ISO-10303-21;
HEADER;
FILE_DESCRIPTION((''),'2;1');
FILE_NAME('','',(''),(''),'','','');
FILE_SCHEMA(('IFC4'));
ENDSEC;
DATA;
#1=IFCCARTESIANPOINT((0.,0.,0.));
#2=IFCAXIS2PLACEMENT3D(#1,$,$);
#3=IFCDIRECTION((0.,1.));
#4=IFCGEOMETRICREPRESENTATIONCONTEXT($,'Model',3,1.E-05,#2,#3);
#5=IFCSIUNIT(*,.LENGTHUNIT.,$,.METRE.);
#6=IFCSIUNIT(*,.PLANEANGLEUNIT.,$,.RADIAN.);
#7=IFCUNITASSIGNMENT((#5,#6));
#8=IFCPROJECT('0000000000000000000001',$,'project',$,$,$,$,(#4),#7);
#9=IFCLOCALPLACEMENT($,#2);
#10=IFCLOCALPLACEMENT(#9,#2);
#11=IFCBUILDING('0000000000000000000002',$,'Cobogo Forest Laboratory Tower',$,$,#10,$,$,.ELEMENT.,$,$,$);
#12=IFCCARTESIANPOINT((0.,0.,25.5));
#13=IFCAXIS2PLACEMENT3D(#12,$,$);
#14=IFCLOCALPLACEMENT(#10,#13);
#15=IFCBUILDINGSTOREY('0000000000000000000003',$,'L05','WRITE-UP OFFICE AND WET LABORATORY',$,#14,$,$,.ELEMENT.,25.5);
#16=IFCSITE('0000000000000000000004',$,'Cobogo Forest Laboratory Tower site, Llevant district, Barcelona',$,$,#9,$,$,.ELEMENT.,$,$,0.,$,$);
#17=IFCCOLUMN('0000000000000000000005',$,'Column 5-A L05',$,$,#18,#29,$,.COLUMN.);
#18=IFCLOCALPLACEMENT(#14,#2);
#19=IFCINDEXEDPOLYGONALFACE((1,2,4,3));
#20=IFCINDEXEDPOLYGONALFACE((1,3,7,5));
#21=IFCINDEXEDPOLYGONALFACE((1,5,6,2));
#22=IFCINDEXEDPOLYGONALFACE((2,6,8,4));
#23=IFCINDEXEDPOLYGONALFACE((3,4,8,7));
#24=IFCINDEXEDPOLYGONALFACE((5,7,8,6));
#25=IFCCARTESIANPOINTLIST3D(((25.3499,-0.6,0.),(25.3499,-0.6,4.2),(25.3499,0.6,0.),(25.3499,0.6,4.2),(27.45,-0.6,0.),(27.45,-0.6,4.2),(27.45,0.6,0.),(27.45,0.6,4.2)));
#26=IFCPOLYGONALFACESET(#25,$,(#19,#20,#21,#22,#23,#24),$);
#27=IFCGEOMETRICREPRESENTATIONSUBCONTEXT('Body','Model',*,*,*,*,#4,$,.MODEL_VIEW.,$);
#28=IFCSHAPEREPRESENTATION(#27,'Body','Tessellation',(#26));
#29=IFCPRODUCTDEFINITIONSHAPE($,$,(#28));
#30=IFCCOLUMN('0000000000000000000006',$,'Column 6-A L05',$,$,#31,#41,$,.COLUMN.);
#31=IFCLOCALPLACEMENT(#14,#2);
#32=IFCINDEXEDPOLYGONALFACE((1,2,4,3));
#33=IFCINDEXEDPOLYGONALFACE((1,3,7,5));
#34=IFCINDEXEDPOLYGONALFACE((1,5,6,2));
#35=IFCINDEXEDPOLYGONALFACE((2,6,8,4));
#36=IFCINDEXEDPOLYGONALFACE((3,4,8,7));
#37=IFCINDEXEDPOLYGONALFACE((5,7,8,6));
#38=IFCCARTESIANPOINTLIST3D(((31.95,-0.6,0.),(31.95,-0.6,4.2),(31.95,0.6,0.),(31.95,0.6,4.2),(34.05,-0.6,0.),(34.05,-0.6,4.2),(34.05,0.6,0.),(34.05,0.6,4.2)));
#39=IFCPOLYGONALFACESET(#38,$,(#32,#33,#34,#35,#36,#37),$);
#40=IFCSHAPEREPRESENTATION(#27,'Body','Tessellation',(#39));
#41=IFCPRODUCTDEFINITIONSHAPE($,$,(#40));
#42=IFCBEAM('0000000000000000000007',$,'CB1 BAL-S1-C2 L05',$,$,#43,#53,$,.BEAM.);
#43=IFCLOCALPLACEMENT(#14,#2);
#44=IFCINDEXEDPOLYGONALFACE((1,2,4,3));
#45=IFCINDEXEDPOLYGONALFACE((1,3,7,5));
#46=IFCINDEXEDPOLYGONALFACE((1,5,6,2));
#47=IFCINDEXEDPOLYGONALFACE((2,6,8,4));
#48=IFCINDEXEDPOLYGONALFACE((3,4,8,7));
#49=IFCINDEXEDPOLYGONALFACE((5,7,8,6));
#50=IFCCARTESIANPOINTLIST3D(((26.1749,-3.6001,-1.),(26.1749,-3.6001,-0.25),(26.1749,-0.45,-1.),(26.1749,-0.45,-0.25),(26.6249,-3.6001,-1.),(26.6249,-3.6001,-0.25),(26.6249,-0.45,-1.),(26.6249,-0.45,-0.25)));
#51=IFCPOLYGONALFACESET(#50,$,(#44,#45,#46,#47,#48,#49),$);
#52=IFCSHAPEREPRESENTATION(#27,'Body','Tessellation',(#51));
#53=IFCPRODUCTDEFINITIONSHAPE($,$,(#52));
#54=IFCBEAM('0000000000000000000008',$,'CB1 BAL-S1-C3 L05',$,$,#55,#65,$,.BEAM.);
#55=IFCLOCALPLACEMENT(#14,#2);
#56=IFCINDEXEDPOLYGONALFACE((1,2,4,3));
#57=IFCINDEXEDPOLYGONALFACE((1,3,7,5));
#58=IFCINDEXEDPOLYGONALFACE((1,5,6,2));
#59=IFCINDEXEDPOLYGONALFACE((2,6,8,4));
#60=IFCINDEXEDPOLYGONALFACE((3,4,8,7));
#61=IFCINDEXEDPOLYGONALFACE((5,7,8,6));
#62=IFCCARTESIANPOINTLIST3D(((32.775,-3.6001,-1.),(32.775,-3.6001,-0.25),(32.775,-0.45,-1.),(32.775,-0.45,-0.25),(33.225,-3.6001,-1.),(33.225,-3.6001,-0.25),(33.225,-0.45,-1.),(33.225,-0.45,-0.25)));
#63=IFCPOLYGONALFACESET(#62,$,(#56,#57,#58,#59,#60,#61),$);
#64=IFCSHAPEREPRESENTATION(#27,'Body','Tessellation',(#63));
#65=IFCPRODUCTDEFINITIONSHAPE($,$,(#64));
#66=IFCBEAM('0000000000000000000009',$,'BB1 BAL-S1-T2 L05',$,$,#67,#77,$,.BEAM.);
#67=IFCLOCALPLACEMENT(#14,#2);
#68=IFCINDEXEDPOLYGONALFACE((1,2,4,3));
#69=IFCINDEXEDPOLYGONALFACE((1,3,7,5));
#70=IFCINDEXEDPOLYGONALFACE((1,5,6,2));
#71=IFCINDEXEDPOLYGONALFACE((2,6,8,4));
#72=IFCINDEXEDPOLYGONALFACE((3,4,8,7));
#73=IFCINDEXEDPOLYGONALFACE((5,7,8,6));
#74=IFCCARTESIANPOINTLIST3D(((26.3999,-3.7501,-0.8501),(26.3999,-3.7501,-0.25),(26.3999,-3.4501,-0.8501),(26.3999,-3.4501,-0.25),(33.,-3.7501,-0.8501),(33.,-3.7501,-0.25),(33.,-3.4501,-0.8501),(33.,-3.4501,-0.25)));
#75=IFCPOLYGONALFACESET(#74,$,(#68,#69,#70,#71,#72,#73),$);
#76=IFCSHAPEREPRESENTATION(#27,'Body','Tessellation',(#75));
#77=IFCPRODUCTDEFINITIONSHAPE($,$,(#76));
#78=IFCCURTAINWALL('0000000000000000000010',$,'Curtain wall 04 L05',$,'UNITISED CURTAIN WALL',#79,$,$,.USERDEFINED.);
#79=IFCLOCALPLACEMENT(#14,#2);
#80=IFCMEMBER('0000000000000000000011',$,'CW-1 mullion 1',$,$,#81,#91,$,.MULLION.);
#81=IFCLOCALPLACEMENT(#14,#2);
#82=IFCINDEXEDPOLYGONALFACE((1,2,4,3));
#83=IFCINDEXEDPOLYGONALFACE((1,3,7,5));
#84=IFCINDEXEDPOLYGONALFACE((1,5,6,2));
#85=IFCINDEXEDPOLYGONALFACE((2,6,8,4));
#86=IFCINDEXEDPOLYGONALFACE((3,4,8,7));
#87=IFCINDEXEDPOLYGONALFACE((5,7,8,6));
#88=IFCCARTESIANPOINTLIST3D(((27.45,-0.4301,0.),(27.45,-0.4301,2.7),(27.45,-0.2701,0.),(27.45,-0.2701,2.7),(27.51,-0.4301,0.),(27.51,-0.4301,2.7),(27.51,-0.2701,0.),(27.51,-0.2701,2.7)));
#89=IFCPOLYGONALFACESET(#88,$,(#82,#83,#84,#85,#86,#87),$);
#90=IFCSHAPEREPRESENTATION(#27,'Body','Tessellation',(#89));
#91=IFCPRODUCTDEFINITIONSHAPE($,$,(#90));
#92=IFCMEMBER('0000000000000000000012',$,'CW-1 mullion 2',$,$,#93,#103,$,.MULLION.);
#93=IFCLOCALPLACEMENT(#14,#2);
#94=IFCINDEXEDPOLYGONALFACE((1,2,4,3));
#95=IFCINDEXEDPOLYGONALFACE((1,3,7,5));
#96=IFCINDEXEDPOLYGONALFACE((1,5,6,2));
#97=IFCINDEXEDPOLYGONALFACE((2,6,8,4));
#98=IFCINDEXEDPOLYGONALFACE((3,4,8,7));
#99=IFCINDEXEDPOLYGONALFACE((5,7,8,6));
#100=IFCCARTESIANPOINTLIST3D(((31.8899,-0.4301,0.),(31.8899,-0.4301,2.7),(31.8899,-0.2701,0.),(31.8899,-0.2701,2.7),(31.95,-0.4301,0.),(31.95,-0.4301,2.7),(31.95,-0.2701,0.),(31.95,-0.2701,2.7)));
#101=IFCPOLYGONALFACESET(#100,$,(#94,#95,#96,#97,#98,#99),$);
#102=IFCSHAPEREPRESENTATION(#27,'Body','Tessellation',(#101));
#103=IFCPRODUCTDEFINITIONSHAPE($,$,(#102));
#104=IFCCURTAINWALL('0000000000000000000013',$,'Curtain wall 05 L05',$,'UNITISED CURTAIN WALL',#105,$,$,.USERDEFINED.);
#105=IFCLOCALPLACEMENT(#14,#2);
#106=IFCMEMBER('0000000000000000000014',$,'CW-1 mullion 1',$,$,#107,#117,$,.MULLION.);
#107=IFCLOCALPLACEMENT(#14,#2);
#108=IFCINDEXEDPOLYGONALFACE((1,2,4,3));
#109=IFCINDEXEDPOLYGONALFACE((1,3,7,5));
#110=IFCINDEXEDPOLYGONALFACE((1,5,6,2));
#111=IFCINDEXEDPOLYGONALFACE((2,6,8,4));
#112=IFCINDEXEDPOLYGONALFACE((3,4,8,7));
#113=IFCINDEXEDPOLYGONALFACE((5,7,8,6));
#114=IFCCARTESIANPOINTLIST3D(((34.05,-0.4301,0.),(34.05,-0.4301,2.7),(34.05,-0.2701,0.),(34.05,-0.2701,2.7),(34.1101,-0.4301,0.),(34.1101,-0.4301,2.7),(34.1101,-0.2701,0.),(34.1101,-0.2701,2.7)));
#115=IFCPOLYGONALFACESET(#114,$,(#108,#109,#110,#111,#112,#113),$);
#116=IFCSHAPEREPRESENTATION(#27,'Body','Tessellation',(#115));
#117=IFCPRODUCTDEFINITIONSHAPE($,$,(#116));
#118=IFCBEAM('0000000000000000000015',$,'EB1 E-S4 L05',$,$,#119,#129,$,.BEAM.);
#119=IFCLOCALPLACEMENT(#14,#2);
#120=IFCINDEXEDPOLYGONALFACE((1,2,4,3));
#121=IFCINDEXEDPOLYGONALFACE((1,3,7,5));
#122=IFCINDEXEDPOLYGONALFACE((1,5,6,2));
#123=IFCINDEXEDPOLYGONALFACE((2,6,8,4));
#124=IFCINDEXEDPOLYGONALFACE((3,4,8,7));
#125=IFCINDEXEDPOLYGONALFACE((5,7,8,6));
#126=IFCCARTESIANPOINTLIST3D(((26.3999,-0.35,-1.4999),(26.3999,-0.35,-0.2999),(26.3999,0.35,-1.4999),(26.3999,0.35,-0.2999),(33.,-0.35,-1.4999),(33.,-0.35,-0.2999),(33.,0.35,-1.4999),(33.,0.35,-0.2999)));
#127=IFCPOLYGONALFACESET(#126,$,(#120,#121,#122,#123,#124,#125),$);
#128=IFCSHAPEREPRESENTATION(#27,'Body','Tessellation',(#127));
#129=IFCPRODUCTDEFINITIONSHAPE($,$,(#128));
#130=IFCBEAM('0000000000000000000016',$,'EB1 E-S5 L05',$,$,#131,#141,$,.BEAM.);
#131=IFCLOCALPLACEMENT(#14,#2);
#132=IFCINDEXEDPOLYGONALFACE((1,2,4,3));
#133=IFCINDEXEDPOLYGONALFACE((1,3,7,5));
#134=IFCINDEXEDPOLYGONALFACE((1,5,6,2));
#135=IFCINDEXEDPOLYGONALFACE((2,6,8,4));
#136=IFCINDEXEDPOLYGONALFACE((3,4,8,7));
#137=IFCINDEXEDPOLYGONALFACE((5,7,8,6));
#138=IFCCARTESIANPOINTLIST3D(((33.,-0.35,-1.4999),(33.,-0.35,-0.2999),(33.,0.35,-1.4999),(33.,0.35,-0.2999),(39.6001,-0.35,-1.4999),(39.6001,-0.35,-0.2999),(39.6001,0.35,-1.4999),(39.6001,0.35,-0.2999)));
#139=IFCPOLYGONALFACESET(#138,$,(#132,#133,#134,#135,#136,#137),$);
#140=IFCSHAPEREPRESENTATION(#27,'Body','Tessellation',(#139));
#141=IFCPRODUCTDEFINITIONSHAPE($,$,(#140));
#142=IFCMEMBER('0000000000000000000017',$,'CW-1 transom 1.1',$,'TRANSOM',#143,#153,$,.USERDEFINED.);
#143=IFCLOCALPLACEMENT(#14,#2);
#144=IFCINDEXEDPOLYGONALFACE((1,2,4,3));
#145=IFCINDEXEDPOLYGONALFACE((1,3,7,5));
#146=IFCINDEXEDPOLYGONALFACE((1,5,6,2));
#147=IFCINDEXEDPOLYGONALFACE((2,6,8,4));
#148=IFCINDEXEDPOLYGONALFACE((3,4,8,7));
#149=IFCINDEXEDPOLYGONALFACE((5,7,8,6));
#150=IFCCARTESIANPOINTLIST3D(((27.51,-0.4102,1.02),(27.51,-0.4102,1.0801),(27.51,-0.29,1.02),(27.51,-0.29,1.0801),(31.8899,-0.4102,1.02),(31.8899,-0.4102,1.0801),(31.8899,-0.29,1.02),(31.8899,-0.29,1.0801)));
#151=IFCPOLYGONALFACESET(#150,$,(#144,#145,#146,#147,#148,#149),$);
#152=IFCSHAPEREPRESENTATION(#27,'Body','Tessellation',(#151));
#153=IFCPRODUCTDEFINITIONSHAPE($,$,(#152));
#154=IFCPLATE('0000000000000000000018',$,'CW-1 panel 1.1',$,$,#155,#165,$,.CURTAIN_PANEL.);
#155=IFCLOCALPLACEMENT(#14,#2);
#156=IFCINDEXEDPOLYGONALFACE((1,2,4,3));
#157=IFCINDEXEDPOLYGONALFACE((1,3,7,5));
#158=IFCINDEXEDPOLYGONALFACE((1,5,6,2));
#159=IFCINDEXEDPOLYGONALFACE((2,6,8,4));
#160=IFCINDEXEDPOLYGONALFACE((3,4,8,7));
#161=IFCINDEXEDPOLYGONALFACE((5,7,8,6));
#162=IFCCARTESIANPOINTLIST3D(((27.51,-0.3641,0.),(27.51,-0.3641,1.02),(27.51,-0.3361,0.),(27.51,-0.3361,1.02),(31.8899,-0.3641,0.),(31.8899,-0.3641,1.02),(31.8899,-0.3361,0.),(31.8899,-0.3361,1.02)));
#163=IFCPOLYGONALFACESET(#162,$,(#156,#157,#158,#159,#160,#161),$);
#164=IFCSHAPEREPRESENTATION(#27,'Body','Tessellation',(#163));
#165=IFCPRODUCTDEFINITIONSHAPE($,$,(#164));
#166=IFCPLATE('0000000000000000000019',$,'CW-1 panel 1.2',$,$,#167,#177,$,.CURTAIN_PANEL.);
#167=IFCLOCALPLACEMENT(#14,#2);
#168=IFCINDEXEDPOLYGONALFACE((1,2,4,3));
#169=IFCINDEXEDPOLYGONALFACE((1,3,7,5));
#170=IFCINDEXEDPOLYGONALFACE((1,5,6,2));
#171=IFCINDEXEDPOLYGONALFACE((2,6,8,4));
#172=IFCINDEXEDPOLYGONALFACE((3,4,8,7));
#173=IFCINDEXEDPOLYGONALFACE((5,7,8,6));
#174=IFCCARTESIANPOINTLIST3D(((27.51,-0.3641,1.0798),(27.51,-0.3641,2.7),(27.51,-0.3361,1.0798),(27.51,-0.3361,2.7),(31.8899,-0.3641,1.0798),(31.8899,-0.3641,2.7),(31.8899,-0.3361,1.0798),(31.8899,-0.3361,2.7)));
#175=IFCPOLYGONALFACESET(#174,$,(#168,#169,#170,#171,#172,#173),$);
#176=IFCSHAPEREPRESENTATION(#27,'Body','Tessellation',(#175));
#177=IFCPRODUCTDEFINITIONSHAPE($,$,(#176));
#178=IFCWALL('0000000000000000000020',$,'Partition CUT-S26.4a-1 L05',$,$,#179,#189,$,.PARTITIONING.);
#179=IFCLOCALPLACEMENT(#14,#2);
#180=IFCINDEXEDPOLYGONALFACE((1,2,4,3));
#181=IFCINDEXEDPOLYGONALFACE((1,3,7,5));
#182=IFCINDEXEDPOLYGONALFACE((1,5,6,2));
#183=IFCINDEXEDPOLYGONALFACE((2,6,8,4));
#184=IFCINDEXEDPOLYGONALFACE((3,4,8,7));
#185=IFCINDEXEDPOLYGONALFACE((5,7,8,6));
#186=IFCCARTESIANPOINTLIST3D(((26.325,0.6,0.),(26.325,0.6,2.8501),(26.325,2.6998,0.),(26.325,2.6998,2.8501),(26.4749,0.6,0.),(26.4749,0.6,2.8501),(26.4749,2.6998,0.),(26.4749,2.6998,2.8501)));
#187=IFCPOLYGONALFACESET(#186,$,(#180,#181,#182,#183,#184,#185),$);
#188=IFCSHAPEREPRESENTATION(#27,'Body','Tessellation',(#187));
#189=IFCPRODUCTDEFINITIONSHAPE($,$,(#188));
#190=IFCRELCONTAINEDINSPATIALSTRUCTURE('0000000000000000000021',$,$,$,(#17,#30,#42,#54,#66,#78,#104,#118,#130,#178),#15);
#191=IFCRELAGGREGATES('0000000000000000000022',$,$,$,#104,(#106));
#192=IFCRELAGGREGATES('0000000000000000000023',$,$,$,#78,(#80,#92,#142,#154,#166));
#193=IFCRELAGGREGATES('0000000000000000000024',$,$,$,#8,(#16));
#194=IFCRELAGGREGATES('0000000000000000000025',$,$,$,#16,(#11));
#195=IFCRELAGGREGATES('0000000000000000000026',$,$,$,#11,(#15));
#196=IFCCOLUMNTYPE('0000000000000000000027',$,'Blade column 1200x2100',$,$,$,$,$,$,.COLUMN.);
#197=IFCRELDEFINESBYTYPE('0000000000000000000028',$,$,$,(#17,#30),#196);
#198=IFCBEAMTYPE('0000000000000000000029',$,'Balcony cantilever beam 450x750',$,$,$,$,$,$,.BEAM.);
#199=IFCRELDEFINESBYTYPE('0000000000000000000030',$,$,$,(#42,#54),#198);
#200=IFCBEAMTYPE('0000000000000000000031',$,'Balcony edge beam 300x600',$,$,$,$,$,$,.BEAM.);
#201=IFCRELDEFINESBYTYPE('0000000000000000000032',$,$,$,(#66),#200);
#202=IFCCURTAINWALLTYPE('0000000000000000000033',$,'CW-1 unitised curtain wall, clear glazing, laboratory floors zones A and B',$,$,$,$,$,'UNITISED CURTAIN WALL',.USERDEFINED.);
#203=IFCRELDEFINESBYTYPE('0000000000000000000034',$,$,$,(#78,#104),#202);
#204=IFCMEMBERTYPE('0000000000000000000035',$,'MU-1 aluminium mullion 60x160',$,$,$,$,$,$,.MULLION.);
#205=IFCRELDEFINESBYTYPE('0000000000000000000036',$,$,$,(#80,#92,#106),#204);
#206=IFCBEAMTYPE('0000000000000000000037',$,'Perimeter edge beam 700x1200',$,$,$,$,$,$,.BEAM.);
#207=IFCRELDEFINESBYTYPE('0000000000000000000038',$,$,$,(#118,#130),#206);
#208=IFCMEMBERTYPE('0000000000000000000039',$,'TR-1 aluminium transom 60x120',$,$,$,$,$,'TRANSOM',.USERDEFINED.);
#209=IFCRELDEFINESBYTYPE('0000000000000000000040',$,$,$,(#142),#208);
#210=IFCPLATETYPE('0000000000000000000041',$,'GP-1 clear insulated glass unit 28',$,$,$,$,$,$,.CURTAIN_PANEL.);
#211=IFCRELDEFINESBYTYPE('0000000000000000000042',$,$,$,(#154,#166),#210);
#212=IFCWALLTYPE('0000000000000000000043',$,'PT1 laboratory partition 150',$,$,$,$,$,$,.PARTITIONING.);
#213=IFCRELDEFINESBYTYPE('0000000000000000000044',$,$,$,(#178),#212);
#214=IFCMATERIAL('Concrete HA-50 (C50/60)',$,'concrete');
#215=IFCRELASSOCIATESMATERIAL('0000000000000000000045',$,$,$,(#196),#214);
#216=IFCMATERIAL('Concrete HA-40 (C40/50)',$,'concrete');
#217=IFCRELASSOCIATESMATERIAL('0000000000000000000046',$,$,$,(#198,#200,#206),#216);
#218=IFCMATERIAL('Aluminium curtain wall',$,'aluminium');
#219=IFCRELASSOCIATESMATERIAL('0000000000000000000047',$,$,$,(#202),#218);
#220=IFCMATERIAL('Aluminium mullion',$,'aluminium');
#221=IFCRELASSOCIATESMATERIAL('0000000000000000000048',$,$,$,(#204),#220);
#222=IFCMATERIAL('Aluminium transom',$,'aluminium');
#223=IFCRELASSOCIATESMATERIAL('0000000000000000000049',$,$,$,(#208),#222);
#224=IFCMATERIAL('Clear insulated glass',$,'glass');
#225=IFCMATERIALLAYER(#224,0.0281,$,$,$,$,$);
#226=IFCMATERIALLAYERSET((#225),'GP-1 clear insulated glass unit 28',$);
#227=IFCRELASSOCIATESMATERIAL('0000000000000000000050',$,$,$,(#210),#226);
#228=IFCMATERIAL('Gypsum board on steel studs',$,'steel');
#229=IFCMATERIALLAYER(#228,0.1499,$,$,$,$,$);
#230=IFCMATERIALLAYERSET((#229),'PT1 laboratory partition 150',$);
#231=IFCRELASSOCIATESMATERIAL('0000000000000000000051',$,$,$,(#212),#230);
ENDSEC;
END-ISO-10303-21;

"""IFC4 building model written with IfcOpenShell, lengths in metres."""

from ifc_helpers import new_model, si_unit, direction, frame, frame_2d, origin, origin_2d, place, context, subcontext, project, spatial, rectangle, extrude, material, layer, layer_set, material_profile, profile_set, type_object, element, aggregate, save


model = new_model("IFC4")

# Units and contexts
model_context = context("Model", 3, precision=1e-05, world=origin(), true_north=direction((0.0, 1.0)))
body_context = subcontext(model_context, "Body", "Model", "MODEL_VIEW")
ifc_project = project(units=[si_unit("LENGTHUNIT", "METRE"), si_unit("PLANEANGLEUNIT", "RADIAN")], contexts=[model_context])

# Site, building, storey
site_placement = place(None, origin())
site = spatial("IfcSite", under=ifc_project, at=site_placement, Name="Cobogo Forest Laboratory Tower site, Llevant district, Barcelona", CompositionType="ELEMENT", RefElevation=0.0)
building_placement = place(site_placement, origin())
building = spatial("IfcBuilding", under=site, at=building_placement, Name="Cobogo Forest Laboratory Tower", CompositionType="ELEMENT")
storey_placement = place(building_placement, frame((0.0, 0.0, 25.5)))
storey = spatial("IfcBuildingStorey", under=building, at=storey_placement, Name="L05", Description="WRITE-UP OFFICE AND WET LABORATORY", CompositionType="ELEMENT", Elevation=25.5)

# Columns
ifc_material_1 = material(Name="Concrete HA-50 (C50/60)", Category="concrete")
ifc_material_profile_1 = material_profile(ifc_material_1, rectangle(XDim=2.1001, YDim=1.2, at=origin_2d()), Name="RC 1200x2100")
ifc_profile_set_1 = profile_set([ifc_material_profile_1], Name="Concrete HA-50 (C50/60)")
column_type = type_object("IfcColumnType", Name="Blade column 1200x2100", PredefinedType="COLUMN", material=ifc_profile_set_1)
for number, where, z_axis, x_axis, name in (
    (1, (26.3999, 0.0, 0.0), (0.0, 0.0, 1.0), (1.0, 0.0, 0.0), "Column 5-A L05"),
    (2, (33.0, 0.0, 0.0), (0.0, 0.0, 1.0), (1.0, 0.0, 0.0), "Column 6-A L05"),
):
    element("IfcColumn", number, at=place(storey_placement, frame(where, z_axis=z_axis, x_axis=x_axis)), inside=storey, type_object=column_type, Name=name, PredefinedType="COLUMN", context=body_context, shape_type="SweptSolid", body=[
        extrude(rectangle(XDim=2.1001, YDim=1.2, at=origin_2d()), origin(), (0.0, 0.0, 1.0), 4.2),
    ])

# Beams
ifc_material_2 = material(Name="Concrete HA-40 (C40/50)", Category="concrete")
ifc_material_profile_2 = material_profile(ifc_material_2, rectangle(XDim=0.45, YDim=0.75, at=origin_2d()), Name="RC 450x750")
ifc_profile_set_2 = profile_set([ifc_material_profile_2], Name="Concrete HA-40 (C40/50)")
beam_type_1 = type_object("IfcBeamType", Name="Balcony cantilever beam 450x750", PredefinedType="BEAM", material=ifc_profile_set_2)
for number, where, z_axis, x_axis, name in (
    (3, (26.3999, -0.45, -0.625), (0.0, -1.0, 0.0), (1.0, 0.0, 0.0), "CB1 BAL-S1-C2 L05"),
    (4, (33.0, -0.45, -0.625), (0.0, -1.0, 0.0), (1.0, 0.0, 0.0), "CB1 BAL-S1-C3 L05"),
):
    element("IfcBeam", number, at=place(storey_placement, frame(where, z_axis=z_axis, x_axis=x_axis)), inside=storey, type_object=beam_type_1, Name=name, PredefinedType="BEAM", context=body_context, shape_type="SweptSolid", body=[
        extrude(rectangle(XDim=0.45, YDim=0.75, at=origin_2d()), origin(), (0.0, 0.0, 1.0), 3.1501),
    ])
ifc_material_profile_3 = material_profile(ifc_material_2, rectangle(XDim=0.3, YDim=0.6001, at=origin_2d()), Name="RC 300x600")
ifc_profile_set_3 = profile_set([ifc_material_profile_3], Name="Concrete HA-40 (C40/50)")
beam_type_2 = type_object("IfcBeamType", Name="Balcony edge beam 300x600", PredefinedType="BEAM", material=ifc_profile_set_3)
beam_placement = place(storey_placement, frame((26.3999, -3.6001, -0.55), z_axis=(1.0, 0.0, 0.0), x_axis=(0.0, 1.0, 0.0)))
element("IfcBeam", 5, at=beam_placement, inside=storey, type_object=beam_type_2, Name="BB1 BAL-S1-T2 L05", PredefinedType="BEAM", context=body_context, shape_type="SweptSolid", body=[
    extrude(rectangle(XDim=0.3, YDim=0.6001, at=origin_2d()), origin(), (0.0, 0.0, 1.0), 6.6001),
])

# Curtain wall, members
ifc_material_3 = material(Name="Aluminium curtain wall", Category="aluminium")
curtain_wall_type = type_object("IfcCurtainWallType", Name="CW-1 unitised curtain wall, clear glazing, laboratory floors zones A and B", ElementType="UNITISED CURTAIN WALL", PredefinedType="USERDEFINED", material=ifc_material_3)
curtain_wall_1_placement = place(storey_placement, origin())
curtain_wall_1 = element("IfcCurtainWall", 6, at=curtain_wall_1_placement, inside=storey, type_object=curtain_wall_type, Name="Curtain wall 04 L05", ObjectType="UNITISED CURTAIN WALL", PredefinedType="USERDEFINED")
ifc_material_4 = material(Name="Aluminium mullion", Category="aluminium")
ifc_material_profile_4 = material_profile(ifc_material_4, rectangle(XDim=0.0601, YDim=0.1599, at=origin_2d()), Name="AL 60x160")
ifc_profile_set_4 = profile_set([ifc_material_profile_4], Name="Aluminium mullion")
member_type_1 = type_object("IfcMemberType", Name="MU-1 aluminium mullion 60x160", PredefinedType="MULLION", material=ifc_profile_set_4)
member_1_placement = place(storey_placement, frame((27.48, -0.3501, 0.0), z_axis=(0.0, 0.0, 1.0), x_axis=(1.0, 0.0, 0.0)))
member_1 = element("IfcMember", 7, at=member_1_placement, type_object=member_type_1, Name="CW-1 mullion 1", PredefinedType="MULLION", context=body_context, shape_type="SweptSolid", body=[
    extrude(rectangle(XDim=0.0601, YDim=0.1599, at=origin_2d()), origin(), (0.0, 0.0, 1.0), 2.7),
])
member_2_placement = place(storey_placement, frame((31.9199, -0.3501, 0.0), z_axis=(0.0, 0.0, 1.0), x_axis=(1.0, 0.0, 0.0)))
member_2 = element("IfcMember", 8, at=member_2_placement, type_object=member_type_1, Name="CW-1 mullion 2", PredefinedType="MULLION", context=body_context, shape_type="SweptSolid", body=[
    extrude(rectangle(XDim=0.0601, YDim=0.1599, at=origin_2d()), origin(), (0.0, 0.0, 1.0), 2.7),
])

# Curtain wall, member
curtain_wall_2_placement = place(storey_placement, origin())
curtain_wall_2 = element("IfcCurtainWall", 9, at=curtain_wall_2_placement, inside=storey, type_object=curtain_wall_type, Name="Curtain wall 05 L05", ObjectType="UNITISED CURTAIN WALL", PredefinedType="USERDEFINED")
member_3_placement = place(storey_placement, frame((34.0801, -0.3501, 0.0), z_axis=(0.0, 0.0, 1.0), x_axis=(1.0, 0.0, 0.0)))
member_3 = element("IfcMember", 10, at=member_3_placement, type_object=member_type_1, Name="CW-1 mullion 1", PredefinedType="MULLION", context=body_context, shape_type="SweptSolid", body=[
    extrude(rectangle(XDim=0.0601, YDim=0.1599, at=origin_2d()), origin(), (0.0, 0.0, 1.0), 2.7),
])
aggregate(curtain_wall_2, [member_3])

# Beams
ifc_material_profile_5 = material_profile(ifc_material_2, rectangle(XDim=0.7, YDim=1.2, at=origin_2d()), Name="RC 700x1200")
ifc_profile_set_5 = profile_set([ifc_material_profile_5], Name="Concrete HA-40 (C40/50)")
beam_type_3 = type_object("IfcBeamType", Name="Perimeter edge beam 700x1200", PredefinedType="BEAM", material=ifc_profile_set_5)
for number, where, z_axis, x_axis, name in (
    (11, (26.3999, 0.0, -0.8999), (1.0, 0.0, 0.0), (0.0, 1.0, 0.0), "EB1 E-S4 L05"),
    (12, (33.0, 0.0, -0.8999), (1.0, 0.0, 0.0), (0.0, 1.0, 0.0), "EB1 E-S5 L05"),
):
    element("IfcBeam", number, at=place(storey_placement, frame(where, z_axis=z_axis, x_axis=x_axis)), inside=storey, type_object=beam_type_3, Name=name, PredefinedType="BEAM", context=body_context, shape_type="SweptSolid", body=[
        extrude(rectangle(XDim=0.7, YDim=1.2, at=origin_2d()), origin(), (0.0, 0.0, 1.0), 6.6001),
    ])

# Member
ifc_material_5 = material(Name="Aluminium transom", Category="aluminium")
ifc_material_profile_6 = material_profile(ifc_material_5, rectangle(XDim=0.1201, YDim=0.0601, at=origin_2d()), Name="AL 60x120")
ifc_profile_set_6 = profile_set([ifc_material_profile_6], Name="Aluminium transom")
member_type_2 = type_object("IfcMemberType", Name="TR-1 aluminium transom 60x120", ElementType="TRANSOM", PredefinedType="USERDEFINED", material=ifc_profile_set_6)
member_4_placement = place(storey_placement, frame((27.51, -0.3501, 1.05), z_axis=(1.0, 0.0, 0.0), x_axis=(0.0, 1.0, 0.0)))
member_4 = element("IfcMember", 13, at=member_4_placement, type_object=member_type_2, Name="CW-1 transom 1.1", ObjectType="TRANSOM", PredefinedType="USERDEFINED", context=body_context, shape_type="SweptSolid", body=[
    extrude(rectangle(XDim=0.1201, YDim=0.0601, at=origin_2d()), origin(), (0.0, 0.0, 1.0), 4.3799),
])

# Plates
ifc_material_6 = material(Name="Clear insulated glass", Category="glass")
ifc_layer_1 = layer(ifc_material_6, 0.0281)
ifc_layer_set_1 = layer_set([ifc_layer_1], Name="GP-1 clear insulated glass unit 28")
plate_type = type_object("IfcPlateType", Name="GP-1 clear insulated glass unit 28", PredefinedType="CURTAIN_PANEL", material=ifc_layer_set_1)
plate_1_placement = place(storey_placement, frame((29.7, -0.3501, 0.0), z_axis=(0.0, 0.0, 1.0), x_axis=(1.0, 0.0, 0.0)))
plate_1 = element("IfcPlate", 14, at=plate_1_placement, type_object=plate_type, Name="CW-1 panel 1.1", PredefinedType="CURTAIN_PANEL", context=body_context, shape_type="SweptSolid", body=[
    extrude(rectangle(XDim=4.3799, YDim=0.0281, at=origin_2d()), origin(), (0.0, 0.0, 1.0), 1.02),
])
plate_2_placement = place(storey_placement, frame((29.7, -0.3501, 1.0798), z_axis=(0.0, 0.0, 1.0), x_axis=(1.0, 0.0, 0.0)))
plate_2 = element("IfcPlate", 15, at=plate_2_placement, type_object=plate_type, Name="CW-1 panel 1.2", PredefinedType="CURTAIN_PANEL", context=body_context, shape_type="SweptSolid", body=[
    extrude(rectangle(XDim=4.3799, YDim=0.0281, at=origin_2d()), origin(), (0.0, 0.0, 1.0), 1.6201),
])
aggregate(curtain_wall_1, [member_1, member_2, member_4, plate_1, plate_2])

# Wall
ifc_material_7 = material(Name="Gypsum board on steel studs", Category="steel")
ifc_layer_2 = layer(ifc_material_7, 0.1499)
ifc_layer_set_2 = layer_set([ifc_layer_2], Name="PT1 laboratory partition 150")
wall_type_1 = type_object("IfcWallType", Name="PT1 laboratory partition 150", PredefinedType="PARTITIONING", material=ifc_layer_set_2)
wall_1_placement = place(storey_placement, frame((26.3999, 0.6001, 0.0), z_axis=(0.0, 0.0, 1.0), x_axis=(0.0, 1.0, 0.0)))
element("IfcWall", 16, at=wall_1_placement, inside=storey, type_object=wall_type_1, Name="Partition CUT-S26.4a-1 L05", PredefinedType="PARTITIONING", context=body_context, shape_type="SweptSolid", body=[
    extrude(rectangle(XDim=2.0999, YDim=0.1499, at=frame_2d((1.0498, 0.0))), origin(), (0.0, 0.0, 1.0), 2.8501),
])

save(model, "model.ifc")
